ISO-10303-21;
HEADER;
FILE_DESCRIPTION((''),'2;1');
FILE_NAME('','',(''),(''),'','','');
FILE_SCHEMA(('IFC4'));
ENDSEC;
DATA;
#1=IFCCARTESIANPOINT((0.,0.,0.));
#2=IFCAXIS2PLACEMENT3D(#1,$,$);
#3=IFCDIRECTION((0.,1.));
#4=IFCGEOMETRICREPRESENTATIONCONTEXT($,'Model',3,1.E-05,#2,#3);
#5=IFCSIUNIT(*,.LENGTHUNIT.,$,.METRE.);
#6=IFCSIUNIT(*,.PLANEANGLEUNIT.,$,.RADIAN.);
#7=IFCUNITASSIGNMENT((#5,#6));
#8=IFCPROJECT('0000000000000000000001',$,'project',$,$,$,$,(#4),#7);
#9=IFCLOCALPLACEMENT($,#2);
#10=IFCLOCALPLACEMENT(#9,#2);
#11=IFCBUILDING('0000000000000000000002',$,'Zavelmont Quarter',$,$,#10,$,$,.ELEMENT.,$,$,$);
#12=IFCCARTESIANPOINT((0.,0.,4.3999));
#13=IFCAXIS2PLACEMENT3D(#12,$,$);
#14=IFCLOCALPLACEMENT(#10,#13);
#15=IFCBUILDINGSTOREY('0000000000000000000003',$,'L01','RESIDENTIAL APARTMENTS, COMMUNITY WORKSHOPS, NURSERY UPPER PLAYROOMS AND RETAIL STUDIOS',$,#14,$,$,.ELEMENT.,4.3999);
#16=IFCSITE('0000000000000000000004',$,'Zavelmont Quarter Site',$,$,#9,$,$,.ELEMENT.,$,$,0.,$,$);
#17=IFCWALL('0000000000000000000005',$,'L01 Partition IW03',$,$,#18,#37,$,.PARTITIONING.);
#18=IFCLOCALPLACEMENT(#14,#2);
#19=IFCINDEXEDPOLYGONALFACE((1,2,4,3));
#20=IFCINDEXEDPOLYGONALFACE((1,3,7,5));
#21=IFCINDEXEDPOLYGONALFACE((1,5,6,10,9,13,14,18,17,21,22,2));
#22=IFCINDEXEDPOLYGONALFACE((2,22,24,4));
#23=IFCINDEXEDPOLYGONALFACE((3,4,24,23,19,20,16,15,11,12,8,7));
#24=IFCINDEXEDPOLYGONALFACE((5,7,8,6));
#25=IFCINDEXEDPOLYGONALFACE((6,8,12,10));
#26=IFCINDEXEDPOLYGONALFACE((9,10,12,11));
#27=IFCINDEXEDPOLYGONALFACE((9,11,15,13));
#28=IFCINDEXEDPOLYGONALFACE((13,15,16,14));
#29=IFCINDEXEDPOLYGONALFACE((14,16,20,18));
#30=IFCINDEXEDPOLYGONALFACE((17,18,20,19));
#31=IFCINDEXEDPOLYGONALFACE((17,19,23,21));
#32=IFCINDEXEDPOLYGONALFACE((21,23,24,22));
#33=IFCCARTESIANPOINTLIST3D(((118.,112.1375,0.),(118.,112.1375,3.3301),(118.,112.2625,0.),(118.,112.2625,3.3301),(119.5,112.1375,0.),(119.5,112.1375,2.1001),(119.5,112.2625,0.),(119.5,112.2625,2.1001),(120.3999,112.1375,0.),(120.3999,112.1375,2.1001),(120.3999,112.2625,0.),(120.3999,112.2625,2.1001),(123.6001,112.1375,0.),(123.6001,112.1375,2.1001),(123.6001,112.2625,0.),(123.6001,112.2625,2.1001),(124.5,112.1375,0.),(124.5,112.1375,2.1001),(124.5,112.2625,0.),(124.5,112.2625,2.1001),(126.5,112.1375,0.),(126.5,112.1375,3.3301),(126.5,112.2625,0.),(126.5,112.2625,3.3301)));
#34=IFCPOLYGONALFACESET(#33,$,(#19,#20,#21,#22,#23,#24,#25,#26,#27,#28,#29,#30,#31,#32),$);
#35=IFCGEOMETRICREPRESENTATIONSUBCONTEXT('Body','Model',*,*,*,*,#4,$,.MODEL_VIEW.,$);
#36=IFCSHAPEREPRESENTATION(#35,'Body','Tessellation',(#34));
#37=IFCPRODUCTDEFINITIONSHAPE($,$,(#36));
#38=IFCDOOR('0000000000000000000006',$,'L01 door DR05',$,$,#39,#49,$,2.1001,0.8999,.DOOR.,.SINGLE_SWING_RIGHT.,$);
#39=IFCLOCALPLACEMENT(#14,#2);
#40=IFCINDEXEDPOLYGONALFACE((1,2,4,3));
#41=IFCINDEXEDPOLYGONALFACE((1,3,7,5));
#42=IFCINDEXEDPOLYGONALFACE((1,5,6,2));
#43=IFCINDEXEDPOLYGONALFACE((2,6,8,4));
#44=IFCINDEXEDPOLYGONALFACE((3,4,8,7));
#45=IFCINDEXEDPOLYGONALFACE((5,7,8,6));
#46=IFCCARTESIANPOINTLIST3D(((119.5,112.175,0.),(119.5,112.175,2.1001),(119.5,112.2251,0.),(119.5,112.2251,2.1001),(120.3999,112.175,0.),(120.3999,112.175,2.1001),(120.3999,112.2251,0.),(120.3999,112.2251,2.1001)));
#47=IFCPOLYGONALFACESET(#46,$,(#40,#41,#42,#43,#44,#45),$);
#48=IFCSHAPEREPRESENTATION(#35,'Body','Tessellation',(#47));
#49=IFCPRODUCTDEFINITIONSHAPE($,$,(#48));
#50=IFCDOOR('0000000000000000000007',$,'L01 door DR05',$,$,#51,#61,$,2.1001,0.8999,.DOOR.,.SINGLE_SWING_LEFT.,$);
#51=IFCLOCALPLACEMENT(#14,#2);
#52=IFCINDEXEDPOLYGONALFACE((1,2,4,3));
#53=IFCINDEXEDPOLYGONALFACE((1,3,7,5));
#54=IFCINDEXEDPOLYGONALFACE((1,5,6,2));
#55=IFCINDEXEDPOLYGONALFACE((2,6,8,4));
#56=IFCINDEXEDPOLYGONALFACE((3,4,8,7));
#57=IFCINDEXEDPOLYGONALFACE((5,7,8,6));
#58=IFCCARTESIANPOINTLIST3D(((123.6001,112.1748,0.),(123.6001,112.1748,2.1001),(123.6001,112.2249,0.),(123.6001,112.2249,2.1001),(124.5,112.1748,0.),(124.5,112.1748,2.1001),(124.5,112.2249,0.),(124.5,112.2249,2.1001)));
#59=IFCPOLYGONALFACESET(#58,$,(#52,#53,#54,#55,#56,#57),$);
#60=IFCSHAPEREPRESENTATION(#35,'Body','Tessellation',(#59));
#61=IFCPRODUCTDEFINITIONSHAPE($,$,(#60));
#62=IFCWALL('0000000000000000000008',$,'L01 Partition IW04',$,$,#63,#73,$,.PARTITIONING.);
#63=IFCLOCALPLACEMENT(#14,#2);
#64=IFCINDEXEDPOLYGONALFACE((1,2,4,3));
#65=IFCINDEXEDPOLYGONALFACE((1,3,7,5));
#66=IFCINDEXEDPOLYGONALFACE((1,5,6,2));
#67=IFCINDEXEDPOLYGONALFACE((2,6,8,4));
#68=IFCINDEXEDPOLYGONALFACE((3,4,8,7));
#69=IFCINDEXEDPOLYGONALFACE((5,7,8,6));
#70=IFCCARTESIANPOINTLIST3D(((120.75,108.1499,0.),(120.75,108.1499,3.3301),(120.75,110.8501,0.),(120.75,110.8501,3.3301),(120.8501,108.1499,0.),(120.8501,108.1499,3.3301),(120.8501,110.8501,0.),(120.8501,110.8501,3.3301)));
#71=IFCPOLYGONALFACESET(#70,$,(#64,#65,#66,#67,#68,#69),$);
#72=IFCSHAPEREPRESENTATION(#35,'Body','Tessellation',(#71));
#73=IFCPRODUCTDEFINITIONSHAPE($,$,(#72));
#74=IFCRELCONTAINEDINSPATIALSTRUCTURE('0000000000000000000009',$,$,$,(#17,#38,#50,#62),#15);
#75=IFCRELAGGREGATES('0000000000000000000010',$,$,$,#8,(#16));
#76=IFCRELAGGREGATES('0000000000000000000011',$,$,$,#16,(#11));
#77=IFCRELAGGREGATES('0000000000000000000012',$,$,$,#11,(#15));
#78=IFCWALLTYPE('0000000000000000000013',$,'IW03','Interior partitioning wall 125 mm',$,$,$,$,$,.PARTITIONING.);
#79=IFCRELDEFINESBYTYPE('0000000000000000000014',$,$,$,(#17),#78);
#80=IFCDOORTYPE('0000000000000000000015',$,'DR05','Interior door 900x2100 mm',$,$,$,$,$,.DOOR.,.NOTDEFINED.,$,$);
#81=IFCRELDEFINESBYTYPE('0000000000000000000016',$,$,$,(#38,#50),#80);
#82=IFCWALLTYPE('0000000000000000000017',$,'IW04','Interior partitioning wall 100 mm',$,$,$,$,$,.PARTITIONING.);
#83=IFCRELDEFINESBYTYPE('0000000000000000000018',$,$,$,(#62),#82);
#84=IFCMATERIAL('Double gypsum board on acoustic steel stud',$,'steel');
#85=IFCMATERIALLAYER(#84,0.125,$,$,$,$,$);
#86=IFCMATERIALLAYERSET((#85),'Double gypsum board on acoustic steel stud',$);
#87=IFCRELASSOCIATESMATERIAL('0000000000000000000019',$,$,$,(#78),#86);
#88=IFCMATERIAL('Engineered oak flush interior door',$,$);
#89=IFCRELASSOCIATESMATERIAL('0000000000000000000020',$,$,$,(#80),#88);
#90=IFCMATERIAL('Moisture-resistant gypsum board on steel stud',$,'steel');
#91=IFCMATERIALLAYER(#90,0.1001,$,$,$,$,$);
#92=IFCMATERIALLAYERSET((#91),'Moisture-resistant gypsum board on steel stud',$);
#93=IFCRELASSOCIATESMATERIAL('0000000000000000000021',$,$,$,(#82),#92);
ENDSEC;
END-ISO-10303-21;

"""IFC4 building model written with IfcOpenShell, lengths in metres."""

from ifc_helpers import new_model, si_unit, direction, frame, frame_2d, origin, origin_with_axes, place, context, subcontext, project, spatial, rectangle, extrude, material, layer, layer_set, type_object, element, fill, save


model = new_model("IFC4")

# Units and contexts
model_context = context("Model", 3, precision=1e-05, world=origin(), true_north=direction((0.0, 1.0)))
body_context = subcontext(model_context, "Body", "Model", "MODEL_VIEW")
ifc_project = project(units=[si_unit("LENGTHUNIT", "METRE"), si_unit("PLANEANGLEUNIT", "RADIAN")], contexts=[model_context])

# Site, building, storey
site_placement = place(None, origin())
site = spatial("IfcSite", under=ifc_project, at=site_placement, Name="Zavelmont Quarter Site", CompositionType="ELEMENT", RefElevation=0.0)
building_placement = place(site_placement, origin())
building = spatial("IfcBuilding", under=site, at=building_placement, Name="Zavelmont Quarter", CompositionType="ELEMENT")
storey_placement = place(building_placement, frame((0.0, 0.0, 4.3999)))
storey = spatial("IfcBuildingStorey", under=building, at=storey_placement, Name="L01", Description="RESIDENTIAL APARTMENTS, COMMUNITY WORKSHOPS, NURSERY UPPER PLAYROOMS AND RETAIL STUDIOS", CompositionType="ELEMENT", Elevation=4.3999)

# Shared definitions
ifc_material_1 = material(Name="Double gypsum board on acoustic steel stud", Category="steel")
ifc_layer_1 = layer(ifc_material_1, 0.125)
ifc_layer_set_1 = layer_set([ifc_layer_1], Name="Double gypsum board on acoustic steel stud")
wall_type_1 = type_object("IfcWallType", Name="IW03", Description="Interior partitioning wall 125 mm", PredefinedType="PARTITIONING", material=ifc_layer_set_1)
ifc_material_2 = material(Name="Engineered oak flush interior door")
door_type_1 = type_object("IfcDoorType", Name="DR05", Description="Interior door 900x2100 mm", OperationType="NOTDEFINED", PredefinedType="DOOR", material=ifc_material_2)

# Wall, openings, doors
wall_1_placement = place(storey_placement, frame((118.0, 112.2, 0.0), z_axis=(0.0, 0.0, 1.0), x_axis=(1.0, 0.0, 0.0)))
wall_1 = element("IfcWall", 1, at=wall_1_placement, inside=storey, type_object=wall_type_1, Name="L01 Partition IW03", PredefinedType="PARTITIONING", context=body_context, shape_type="SweptSolid", body=[
    extrude(rectangle(XDim=8.5, YDim=0.125, at=frame_2d((4.25, 0.0))), origin(), (0.0, 0.0, 1.0), 3.3301),
])
opening_1_placement = place(wall_1_placement, frame((1.5, 0.0, 0.0)))
opening_1 = element("IfcOpeningElement", 2, at=opening_1_placement, cuts=wall_1, PredefinedType="OPENING", context=body_context, shape_type="SweptSolid", body=[
    extrude(rectangle(XDim=0.8999, YDim=2.1001, at=frame_2d((0.45, 1.05))), frame((0.0, 0.0745, 0.0), z_axis=(0.0, -1.0, 0.0), x_axis=(1.0, 0.0, 0.0)), (0.0, 0.0, 1.0), 0.1489),
])
opening_2_placement = place(wall_1_placement, frame((5.6001, 0.0, 0.0)))
opening_2 = element("IfcOpeningElement", 3, at=opening_2_placement, cuts=wall_1, PredefinedType="OPENING", context=body_context, shape_type="SweptSolid", body=[
    extrude(rectangle(XDim=0.8999, YDim=2.1001, at=frame_2d((0.45, 1.05))), frame((0.0, 0.0745, 0.0), z_axis=(0.0, -1.0, 0.0), x_axis=(1.0, 0.0, 0.0)), (0.0, 0.0, 1.0), 0.1489),
])
door_1_placement = place(opening_1_placement, frame((0.8999, 0.0, 0.0), z_axis=(0.0, 0.0, 1.0), x_axis=(-1.0, 0.0, 0.0)))
door_1 = element("IfcDoor", 4, at=door_1_placement, inside=storey, type_object=door_type_1, Name="L01 door DR05", OperationType="SINGLE_SWING_RIGHT", OverallHeight=2.1001, OverallWidth=0.8999, PredefinedType="DOOR", context=body_context, shape_type="SweptSolid", body=[
    extrude(rectangle(XDim=0.8999, YDim=2.1001, at=frame_2d((0.45, 1.05))), frame((0.0, 0.0249, 0.0), z_axis=(0.0, -1.0, 0.0), x_axis=(1.0, 0.0, 0.0)), (0.0, 0.0, 1.0), 0.05),
])
fill(opening_1, door_1)
door_2_placement = place(opening_2_placement, origin_with_axes())
door_2 = element("IfcDoor", 5, at=door_2_placement, inside=storey, type_object=door_type_1, Name="L01 door DR05", OperationType="SINGLE_SWING_LEFT", OverallHeight=2.1001, OverallWidth=0.8999, PredefinedType="DOOR", context=body_context, shape_type="SweptSolid", body=[
    extrude(rectangle(XDim=0.8999, YDim=2.1001, at=frame_2d((0.45, 1.05))), frame((0.0, 0.0249, 0.0), z_axis=(0.0, -1.0, 0.0), x_axis=(1.0, 0.0, 0.0)), (0.0, 0.0, 1.0), 0.05),
])
fill(opening_2, door_2)

# Wall
ifc_material_3 = material(Name="Moisture-resistant gypsum board on steel stud", Category="steel")
ifc_layer_2 = layer(ifc_material_3, 0.1001)
ifc_layer_set_2 = layer_set([ifc_layer_2], Name="Moisture-resistant gypsum board on steel stud")
wall_type_2 = type_object("IfcWallType", Name="IW04", Description="Interior partitioning wall 100 mm", PredefinedType="PARTITIONING", material=ifc_layer_set_2)
wall_2_placement = place(storey_placement, frame((120.8, 108.1499, 0.0), z_axis=(0.0, 0.0, 1.0), x_axis=(0.0, 1.0, 0.0)))
element("IfcWall", 6, at=wall_2_placement, inside=storey, type_object=wall_type_2, Name="L01 Partition IW04", PredefinedType="PARTITIONING", context=body_context, shape_type="SweptSolid", body=[
    extrude(rectangle(XDim=2.7002, YDim=0.1001, at=frame_2d((1.3501, 0.0))), origin(), (0.0, 0.0, 1.0), 3.3301),
])

save(model, "model.ifc")
